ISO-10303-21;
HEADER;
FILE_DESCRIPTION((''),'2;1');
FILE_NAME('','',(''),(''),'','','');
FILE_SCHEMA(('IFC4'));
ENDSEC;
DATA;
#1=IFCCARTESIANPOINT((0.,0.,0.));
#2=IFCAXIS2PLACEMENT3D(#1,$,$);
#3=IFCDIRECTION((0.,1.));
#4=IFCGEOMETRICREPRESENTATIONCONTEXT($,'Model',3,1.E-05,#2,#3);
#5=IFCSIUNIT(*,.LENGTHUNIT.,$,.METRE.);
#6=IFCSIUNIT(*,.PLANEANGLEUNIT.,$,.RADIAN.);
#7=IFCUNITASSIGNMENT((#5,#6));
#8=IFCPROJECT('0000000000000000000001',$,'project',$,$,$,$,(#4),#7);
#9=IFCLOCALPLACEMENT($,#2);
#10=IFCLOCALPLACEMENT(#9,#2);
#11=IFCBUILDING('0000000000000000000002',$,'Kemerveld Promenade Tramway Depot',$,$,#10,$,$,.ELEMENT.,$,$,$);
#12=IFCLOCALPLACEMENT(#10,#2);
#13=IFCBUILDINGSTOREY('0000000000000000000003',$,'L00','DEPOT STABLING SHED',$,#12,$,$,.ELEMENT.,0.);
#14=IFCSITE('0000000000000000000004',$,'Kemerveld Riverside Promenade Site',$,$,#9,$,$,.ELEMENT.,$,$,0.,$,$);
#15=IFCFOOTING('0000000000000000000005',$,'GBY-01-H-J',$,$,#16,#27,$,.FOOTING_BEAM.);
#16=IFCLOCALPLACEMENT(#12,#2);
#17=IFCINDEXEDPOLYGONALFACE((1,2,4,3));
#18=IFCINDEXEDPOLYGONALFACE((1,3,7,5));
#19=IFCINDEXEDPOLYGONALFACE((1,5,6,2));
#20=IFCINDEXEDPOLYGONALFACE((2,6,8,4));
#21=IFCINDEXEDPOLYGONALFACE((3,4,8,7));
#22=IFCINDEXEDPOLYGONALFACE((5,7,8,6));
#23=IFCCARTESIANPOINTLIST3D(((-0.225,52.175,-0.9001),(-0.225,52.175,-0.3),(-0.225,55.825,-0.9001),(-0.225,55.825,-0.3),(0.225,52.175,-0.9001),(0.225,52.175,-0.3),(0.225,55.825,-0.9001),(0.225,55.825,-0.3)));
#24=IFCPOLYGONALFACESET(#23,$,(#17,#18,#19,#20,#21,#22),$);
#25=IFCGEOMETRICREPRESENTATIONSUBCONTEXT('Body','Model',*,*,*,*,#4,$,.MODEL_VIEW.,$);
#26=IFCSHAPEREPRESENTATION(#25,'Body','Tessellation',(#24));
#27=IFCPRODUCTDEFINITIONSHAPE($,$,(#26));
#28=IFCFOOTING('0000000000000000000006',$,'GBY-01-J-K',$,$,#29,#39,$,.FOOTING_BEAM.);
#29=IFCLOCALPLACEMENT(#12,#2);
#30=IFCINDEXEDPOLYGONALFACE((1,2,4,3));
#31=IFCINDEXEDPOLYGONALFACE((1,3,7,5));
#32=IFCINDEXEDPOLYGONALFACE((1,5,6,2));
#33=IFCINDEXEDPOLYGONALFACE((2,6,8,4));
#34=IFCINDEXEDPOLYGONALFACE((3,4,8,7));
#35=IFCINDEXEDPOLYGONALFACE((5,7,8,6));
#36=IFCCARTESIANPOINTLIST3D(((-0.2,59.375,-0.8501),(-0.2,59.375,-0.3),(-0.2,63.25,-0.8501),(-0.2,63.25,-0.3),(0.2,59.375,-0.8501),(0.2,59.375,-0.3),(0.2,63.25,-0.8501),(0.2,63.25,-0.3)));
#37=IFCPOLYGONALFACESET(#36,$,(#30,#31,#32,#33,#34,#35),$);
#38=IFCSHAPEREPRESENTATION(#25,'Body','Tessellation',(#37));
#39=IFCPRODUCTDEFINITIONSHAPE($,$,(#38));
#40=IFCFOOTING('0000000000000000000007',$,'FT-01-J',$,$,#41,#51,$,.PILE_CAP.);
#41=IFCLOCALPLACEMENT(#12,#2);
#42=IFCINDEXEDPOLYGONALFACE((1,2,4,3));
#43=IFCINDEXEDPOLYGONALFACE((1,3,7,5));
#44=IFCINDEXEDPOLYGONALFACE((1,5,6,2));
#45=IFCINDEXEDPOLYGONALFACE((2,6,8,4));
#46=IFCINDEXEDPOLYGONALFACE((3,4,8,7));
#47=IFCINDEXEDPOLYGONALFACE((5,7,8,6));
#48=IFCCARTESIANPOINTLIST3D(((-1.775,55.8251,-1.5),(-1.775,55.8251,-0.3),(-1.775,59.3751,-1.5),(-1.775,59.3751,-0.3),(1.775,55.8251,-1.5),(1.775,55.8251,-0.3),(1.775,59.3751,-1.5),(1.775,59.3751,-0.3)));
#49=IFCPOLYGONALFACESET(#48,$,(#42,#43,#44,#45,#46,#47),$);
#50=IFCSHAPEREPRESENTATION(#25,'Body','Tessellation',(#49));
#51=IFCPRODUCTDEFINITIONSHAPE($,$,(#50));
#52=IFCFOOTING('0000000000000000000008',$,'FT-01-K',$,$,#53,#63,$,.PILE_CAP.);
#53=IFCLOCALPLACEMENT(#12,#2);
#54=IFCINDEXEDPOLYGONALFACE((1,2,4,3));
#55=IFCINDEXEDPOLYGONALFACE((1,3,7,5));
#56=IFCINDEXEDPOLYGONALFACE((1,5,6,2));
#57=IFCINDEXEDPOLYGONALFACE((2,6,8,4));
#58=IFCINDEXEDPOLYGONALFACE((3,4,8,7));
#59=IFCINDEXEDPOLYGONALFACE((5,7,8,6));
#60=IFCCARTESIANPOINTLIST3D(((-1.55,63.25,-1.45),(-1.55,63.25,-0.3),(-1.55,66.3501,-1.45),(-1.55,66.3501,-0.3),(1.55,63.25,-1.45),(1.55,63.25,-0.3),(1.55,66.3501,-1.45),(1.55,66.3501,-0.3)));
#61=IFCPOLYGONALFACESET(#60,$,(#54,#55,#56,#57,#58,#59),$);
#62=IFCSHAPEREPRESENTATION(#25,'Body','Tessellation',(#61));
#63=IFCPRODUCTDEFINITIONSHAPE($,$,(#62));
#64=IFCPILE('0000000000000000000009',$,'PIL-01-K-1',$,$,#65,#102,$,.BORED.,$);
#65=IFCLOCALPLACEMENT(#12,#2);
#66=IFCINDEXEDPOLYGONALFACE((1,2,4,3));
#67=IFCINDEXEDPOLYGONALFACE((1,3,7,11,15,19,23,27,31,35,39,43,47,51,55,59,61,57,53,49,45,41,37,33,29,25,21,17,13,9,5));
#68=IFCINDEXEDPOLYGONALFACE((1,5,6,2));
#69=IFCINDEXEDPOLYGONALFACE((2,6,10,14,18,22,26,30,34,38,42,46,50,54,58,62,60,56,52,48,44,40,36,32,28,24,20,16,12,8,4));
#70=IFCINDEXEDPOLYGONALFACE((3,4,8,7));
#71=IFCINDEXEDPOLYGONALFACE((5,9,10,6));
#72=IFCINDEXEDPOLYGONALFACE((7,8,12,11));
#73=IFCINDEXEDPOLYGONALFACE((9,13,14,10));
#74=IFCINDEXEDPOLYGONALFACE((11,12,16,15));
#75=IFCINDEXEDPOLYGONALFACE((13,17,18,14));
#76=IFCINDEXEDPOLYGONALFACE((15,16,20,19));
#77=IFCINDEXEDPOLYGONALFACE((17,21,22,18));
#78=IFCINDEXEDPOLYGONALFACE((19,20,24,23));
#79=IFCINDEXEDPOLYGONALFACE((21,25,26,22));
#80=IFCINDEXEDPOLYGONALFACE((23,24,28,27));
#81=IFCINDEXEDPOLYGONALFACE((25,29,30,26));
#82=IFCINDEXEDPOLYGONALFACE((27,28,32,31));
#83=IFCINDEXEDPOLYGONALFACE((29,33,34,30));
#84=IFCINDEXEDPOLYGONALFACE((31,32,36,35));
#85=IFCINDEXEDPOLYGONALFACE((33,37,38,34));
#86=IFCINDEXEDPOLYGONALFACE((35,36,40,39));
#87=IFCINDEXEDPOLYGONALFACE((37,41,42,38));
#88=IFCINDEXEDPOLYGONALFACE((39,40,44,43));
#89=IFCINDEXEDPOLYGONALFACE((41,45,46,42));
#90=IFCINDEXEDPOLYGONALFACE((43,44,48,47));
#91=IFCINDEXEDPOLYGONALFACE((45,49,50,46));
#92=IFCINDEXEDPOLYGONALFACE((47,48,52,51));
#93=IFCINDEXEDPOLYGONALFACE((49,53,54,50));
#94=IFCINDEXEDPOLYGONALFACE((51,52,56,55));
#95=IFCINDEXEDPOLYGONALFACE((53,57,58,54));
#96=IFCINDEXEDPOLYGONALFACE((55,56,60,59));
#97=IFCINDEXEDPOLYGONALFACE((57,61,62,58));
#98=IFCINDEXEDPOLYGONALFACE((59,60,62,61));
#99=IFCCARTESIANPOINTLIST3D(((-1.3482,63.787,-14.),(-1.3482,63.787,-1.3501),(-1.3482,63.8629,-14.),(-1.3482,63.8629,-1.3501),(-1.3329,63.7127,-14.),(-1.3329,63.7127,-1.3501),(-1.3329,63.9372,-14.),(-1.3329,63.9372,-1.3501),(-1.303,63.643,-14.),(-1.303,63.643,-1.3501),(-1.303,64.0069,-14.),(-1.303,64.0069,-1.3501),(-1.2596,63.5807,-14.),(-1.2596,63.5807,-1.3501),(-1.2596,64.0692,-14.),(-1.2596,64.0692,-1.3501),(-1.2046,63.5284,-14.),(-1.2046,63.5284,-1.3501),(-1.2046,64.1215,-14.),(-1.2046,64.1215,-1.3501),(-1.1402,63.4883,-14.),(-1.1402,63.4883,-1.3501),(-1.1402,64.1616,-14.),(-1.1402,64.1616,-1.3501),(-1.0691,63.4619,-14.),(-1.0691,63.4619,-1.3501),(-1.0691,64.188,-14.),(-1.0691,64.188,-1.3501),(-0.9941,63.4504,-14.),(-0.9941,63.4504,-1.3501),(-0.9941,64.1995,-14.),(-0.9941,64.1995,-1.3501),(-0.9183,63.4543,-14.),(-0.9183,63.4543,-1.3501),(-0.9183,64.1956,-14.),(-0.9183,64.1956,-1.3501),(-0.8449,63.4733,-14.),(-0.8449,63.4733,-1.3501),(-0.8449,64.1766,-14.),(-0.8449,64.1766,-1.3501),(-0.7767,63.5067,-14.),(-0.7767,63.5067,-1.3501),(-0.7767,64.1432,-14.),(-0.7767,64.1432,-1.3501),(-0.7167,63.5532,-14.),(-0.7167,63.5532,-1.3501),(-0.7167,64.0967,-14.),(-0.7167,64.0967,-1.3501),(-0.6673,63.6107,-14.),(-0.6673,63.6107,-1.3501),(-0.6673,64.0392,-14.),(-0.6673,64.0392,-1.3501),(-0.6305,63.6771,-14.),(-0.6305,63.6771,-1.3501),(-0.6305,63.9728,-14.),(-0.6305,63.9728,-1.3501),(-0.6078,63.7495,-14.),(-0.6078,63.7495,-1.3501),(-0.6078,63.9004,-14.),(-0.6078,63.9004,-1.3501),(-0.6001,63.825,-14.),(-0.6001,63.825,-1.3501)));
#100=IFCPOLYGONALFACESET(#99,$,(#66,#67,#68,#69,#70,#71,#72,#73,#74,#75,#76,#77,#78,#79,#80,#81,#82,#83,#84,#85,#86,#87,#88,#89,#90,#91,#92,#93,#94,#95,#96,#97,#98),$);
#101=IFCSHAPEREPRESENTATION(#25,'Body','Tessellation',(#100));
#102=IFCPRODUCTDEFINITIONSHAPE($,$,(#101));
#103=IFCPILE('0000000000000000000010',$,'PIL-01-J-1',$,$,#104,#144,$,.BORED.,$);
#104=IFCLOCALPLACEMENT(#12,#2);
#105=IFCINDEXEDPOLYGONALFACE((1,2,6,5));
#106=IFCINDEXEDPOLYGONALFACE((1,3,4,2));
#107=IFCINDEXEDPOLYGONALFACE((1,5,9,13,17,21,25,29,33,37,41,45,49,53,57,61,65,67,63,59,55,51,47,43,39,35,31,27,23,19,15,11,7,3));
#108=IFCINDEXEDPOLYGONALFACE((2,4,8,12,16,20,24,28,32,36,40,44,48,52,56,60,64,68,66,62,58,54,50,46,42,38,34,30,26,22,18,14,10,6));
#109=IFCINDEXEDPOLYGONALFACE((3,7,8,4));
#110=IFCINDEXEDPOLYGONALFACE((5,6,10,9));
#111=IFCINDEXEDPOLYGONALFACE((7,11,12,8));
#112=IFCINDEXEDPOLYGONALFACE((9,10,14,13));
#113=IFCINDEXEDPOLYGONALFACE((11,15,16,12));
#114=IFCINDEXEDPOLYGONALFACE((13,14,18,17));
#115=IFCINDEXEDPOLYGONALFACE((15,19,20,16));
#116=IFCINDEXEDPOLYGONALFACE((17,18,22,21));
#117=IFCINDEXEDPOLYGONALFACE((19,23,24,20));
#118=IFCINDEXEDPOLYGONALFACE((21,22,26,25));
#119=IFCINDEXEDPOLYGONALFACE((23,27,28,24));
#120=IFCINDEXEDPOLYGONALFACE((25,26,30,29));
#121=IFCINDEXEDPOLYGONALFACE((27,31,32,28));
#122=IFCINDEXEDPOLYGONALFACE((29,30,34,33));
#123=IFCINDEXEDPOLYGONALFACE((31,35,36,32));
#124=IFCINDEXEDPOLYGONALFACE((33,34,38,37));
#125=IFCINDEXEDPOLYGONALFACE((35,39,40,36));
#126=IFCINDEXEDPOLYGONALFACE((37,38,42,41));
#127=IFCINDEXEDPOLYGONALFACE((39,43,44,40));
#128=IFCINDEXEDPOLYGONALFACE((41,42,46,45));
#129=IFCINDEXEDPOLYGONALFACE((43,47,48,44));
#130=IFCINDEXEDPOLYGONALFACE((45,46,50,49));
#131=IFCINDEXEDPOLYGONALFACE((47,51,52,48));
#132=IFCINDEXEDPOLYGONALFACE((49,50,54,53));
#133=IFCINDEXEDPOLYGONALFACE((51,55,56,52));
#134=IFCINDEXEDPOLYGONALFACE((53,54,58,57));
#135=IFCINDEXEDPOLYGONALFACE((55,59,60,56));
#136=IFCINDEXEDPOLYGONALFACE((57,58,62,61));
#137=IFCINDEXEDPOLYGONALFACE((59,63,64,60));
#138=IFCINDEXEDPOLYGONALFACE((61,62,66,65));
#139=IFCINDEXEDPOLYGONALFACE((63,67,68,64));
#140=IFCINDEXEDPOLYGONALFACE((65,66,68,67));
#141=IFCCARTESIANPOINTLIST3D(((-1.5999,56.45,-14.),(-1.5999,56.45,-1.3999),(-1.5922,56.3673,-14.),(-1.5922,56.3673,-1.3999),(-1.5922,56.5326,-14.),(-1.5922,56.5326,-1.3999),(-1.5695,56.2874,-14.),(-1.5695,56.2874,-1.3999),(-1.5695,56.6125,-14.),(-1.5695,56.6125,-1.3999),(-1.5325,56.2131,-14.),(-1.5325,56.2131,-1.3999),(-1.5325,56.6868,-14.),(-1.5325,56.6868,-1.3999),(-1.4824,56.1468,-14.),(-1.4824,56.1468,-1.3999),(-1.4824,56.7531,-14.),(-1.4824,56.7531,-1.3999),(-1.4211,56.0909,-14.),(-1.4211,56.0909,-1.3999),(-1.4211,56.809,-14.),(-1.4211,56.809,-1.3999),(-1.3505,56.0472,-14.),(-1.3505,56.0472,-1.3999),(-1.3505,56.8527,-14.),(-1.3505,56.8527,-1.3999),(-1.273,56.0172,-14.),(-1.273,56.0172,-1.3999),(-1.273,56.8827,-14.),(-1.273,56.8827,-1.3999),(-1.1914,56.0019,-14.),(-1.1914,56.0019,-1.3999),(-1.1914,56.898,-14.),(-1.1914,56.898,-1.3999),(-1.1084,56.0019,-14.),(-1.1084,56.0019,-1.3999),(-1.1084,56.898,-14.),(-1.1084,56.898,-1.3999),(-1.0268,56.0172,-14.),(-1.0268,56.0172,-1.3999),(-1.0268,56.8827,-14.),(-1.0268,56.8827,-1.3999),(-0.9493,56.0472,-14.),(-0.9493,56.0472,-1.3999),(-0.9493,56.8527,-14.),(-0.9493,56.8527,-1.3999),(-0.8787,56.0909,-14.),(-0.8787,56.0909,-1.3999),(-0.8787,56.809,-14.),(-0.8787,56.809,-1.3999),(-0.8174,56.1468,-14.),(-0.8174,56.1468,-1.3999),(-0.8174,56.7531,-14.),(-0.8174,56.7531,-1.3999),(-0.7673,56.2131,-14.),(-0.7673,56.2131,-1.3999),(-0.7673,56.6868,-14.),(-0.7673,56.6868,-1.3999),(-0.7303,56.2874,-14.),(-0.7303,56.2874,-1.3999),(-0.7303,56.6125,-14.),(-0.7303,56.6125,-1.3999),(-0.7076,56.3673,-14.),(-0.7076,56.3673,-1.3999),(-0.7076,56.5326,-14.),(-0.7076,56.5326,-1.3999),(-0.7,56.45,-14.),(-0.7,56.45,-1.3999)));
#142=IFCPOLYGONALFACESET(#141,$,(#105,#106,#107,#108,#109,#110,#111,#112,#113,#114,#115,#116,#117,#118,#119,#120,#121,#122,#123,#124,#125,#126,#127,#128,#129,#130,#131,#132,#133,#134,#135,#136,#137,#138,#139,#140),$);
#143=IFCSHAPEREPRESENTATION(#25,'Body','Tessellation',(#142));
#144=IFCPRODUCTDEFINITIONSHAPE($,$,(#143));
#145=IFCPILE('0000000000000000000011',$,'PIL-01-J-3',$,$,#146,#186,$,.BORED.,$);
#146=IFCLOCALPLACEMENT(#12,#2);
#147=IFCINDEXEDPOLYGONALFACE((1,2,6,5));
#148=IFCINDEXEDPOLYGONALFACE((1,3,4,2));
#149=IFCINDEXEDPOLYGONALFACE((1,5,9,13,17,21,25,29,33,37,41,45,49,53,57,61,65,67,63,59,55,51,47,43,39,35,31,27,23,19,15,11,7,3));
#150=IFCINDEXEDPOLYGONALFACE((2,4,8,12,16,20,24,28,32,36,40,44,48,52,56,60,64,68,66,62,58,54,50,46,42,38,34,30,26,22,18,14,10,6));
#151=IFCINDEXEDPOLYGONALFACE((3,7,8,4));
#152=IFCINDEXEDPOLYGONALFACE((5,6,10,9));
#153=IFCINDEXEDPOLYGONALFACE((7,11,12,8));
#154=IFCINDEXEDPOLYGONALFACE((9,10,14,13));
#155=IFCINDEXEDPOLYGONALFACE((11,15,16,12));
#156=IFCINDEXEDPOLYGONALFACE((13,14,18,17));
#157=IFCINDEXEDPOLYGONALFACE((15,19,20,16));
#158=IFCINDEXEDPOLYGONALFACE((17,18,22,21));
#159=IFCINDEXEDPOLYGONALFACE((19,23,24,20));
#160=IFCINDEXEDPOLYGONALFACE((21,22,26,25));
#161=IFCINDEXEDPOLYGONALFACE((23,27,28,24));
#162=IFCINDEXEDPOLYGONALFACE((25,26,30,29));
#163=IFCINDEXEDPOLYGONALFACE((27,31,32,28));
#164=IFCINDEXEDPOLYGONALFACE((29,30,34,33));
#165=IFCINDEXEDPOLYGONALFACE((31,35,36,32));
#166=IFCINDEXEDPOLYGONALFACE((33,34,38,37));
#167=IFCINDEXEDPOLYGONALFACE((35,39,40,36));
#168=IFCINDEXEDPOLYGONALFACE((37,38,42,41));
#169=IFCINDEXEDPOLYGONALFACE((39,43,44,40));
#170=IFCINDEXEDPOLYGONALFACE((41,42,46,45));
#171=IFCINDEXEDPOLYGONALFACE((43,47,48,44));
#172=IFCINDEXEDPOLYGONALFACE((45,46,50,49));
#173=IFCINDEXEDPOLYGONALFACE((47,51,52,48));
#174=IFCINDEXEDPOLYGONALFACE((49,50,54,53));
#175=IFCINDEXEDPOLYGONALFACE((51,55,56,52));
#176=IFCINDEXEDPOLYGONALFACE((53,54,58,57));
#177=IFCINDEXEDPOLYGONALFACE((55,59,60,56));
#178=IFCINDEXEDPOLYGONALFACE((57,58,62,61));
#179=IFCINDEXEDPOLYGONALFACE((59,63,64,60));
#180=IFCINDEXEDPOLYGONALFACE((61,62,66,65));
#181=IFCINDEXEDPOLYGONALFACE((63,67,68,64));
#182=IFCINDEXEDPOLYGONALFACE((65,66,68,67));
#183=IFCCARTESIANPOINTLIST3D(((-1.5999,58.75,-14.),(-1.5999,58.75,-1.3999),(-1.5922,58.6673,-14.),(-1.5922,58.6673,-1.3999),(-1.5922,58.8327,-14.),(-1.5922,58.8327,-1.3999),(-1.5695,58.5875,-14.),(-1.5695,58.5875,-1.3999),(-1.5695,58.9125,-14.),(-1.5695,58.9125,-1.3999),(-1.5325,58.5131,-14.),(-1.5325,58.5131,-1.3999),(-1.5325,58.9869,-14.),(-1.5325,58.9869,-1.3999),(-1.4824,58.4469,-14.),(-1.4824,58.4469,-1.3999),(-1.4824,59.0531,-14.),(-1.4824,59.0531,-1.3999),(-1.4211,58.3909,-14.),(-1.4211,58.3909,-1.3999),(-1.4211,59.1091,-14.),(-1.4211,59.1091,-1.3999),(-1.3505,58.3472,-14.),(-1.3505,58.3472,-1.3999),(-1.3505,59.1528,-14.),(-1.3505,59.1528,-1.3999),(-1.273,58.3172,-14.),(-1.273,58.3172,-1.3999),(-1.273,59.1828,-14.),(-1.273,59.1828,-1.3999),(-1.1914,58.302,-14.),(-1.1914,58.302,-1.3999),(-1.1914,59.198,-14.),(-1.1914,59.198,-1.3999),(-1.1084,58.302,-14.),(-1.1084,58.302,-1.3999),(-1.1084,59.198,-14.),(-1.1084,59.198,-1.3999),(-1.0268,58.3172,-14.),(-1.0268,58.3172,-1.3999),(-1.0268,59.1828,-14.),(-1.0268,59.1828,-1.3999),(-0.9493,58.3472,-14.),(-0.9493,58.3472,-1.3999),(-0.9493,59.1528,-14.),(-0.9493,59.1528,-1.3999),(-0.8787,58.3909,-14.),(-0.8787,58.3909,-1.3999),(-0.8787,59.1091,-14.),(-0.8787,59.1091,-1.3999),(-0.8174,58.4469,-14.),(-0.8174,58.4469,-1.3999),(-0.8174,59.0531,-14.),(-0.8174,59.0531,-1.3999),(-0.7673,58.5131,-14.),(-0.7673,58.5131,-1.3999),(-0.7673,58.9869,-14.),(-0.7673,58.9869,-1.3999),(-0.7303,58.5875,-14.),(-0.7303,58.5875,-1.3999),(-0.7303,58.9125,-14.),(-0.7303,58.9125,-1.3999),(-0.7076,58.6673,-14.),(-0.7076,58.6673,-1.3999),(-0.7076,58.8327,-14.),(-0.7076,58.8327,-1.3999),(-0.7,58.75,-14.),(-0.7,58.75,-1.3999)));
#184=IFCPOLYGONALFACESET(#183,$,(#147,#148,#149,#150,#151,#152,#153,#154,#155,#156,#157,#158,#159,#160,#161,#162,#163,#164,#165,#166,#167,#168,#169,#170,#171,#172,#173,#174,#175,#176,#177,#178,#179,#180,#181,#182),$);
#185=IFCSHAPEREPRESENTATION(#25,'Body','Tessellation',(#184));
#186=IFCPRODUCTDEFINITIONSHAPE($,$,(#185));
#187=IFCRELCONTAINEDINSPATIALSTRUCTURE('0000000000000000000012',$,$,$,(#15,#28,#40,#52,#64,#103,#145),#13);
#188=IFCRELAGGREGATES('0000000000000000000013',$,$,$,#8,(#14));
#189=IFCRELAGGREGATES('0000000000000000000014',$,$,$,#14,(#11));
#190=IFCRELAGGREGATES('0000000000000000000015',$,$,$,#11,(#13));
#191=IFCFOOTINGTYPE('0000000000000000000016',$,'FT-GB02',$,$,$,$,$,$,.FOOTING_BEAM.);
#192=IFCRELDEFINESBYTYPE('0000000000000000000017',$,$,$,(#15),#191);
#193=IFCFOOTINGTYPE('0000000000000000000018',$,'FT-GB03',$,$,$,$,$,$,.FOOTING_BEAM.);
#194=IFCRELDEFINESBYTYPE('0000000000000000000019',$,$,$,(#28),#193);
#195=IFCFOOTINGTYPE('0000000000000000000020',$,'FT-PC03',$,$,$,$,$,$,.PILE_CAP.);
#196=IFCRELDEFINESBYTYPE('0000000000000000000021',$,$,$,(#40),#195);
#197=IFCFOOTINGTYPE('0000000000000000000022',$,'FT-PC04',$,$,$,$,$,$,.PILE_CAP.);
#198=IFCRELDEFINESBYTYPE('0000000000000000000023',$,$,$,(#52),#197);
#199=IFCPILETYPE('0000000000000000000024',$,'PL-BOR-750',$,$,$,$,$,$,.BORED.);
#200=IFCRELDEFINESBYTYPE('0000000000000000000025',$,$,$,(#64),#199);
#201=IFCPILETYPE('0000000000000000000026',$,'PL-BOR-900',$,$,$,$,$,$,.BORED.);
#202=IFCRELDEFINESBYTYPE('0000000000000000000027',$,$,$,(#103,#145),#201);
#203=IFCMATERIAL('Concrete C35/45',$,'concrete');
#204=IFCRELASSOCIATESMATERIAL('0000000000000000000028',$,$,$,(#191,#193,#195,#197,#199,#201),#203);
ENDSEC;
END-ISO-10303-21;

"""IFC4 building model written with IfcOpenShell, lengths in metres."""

from ifc_helpers import new_model, si_unit, direction, frame, origin, origin_2d, place, context, subcontext, project, spatial, rectangle, circle, extrude, material, material_profile, profile_set, type_object, element, save


model = new_model("IFC4")

# Units and contexts
model_context = context("Model", 3, precision=1e-05, world=origin(), true_north=direction((0.0, 1.0)))
body_context = subcontext(model_context, "Body", "Model", "MODEL_VIEW")
ifc_project = project(units=[si_unit("LENGTHUNIT", "METRE"), si_unit("PLANEANGLEUNIT", "RADIAN")], contexts=[model_context])

# Site, building, storey
site_placement = place(None, origin())
site = spatial("IfcSite", under=ifc_project, at=site_placement, Name="Kemerveld Riverside Promenade Site", CompositionType="ELEMENT", RefElevation=0.0)
building_placement = place(site_placement, origin())
building = spatial("IfcBuilding", under=site, at=building_placement, Name="Kemerveld Promenade Tramway Depot", CompositionType="ELEMENT")
storey_placement = place(building_placement, origin())
storey = spatial("IfcBuildingStorey", under=building, at=storey_placement, Name="L00", Description="DEPOT STABLING SHED", CompositionType="ELEMENT", Elevation=0.0)

# Footings
ifc_material_1 = material(Name="Concrete C35/45", Category="concrete")
footing_type_1 = type_object("IfcFootingType", Name="FT-GB02", PredefinedType="FOOTING_BEAM", material=ifc_material_1)
footing_1_placement = place(storey_placement, frame((0.0, 54.0, -0.9001), z_axis=(0.0, 0.0, 1.0), x_axis=(0.0, 1.0, 0.0)))
element("IfcFooting", 1, at=footing_1_placement, inside=storey, type_object=footing_type_1, Name="GBY-01-H-J", PredefinedType="FOOTING_BEAM", context=body_context, shape_type="SweptSolid", body=[
    extrude(rectangle(XDim=3.6499, YDim=0.45, at=origin_2d()), origin(), (0.0, 0.0, 1.0), 0.6001),
])
footing_type_2 = type_object("IfcFootingType", Name="FT-GB03", PredefinedType="FOOTING_BEAM", material=ifc_material_1)
footing_2_placement = place(storey_placement, frame((0.0, 61.3125, -0.8501), z_axis=(0.0, 0.0, 1.0), x_axis=(0.0, 1.0, 0.0)))
element("IfcFooting", 2, at=footing_2_placement, inside=storey, type_object=footing_type_2, Name="GBY-01-J-K", PredefinedType="FOOTING_BEAM", context=body_context, shape_type="SweptSolid", body=[
    extrude(rectangle(XDim=3.875, YDim=0.3999, at=origin_2d()), origin(), (0.0, 0.0, 1.0), 0.55),
])
footing_type_3 = type_object("IfcFootingType", Name="FT-PC03", PredefinedType="PILE_CAP", material=ifc_material_1)
footing_3_placement = place(storey_placement, frame((0.0, 57.6001, -1.5), z_axis=(0.0, 0.0, 1.0), x_axis=(1.0, 0.0, 0.0)))
element("IfcFooting", 3, at=footing_3_placement, inside=storey, type_object=footing_type_3, Name="FT-01-J", PredefinedType="PILE_CAP", context=body_context, shape_type="SweptSolid", body=[
    extrude(rectangle(XDim=3.55, YDim=3.55, at=origin_2d()), origin(), (0.0, 0.0, 1.0), 1.2),
])
footing_type_4 = type_object("IfcFootingType", Name="FT-PC04", PredefinedType="PILE_CAP", material=ifc_material_1)
footing_4_placement = place(storey_placement, frame((0.0, 64.8, -1.45), z_axis=(0.0, 0.0, 1.0), x_axis=(1.0, 0.0, 0.0)))
element("IfcFooting", 4, at=footing_4_placement, inside=storey, type_object=footing_type_4, Name="FT-01-K", PredefinedType="PILE_CAP", context=body_context, shape_type="SweptSolid", body=[
    extrude(rectangle(XDim=3.1001, YDim=3.1001, at=origin_2d()), origin(), (0.0, 0.0, 1.0), 1.1499),
])

# Piles
ifc_material_profile_1 = material_profile(ifc_material_1, circle(Radius=0.375, at=origin_2d()), Name="PILE-D750")
ifc_profile_set_1 = profile_set([ifc_material_profile_1], Name="Concrete C35/45")
pile_type_1 = type_object("IfcPileType", Name="PL-BOR-750", PredefinedType="BORED", material=ifc_profile_set_1)
pile_placement = place(storey_placement, frame((-0.9751, 63.825, -1.3501), z_axis=(0.0, 0.0, -1.0), x_axis=(1.0, 0.0, 0.0)))
element("IfcPile", 5, at=pile_placement, inside=storey, type_object=pile_type_1, Name="PIL-01-K-1", PredefinedType="BORED", context=body_context, shape_type="SweptSolid", body=[
    extrude(circle(Radius=0.375, at=origin_2d()), origin(), (0.0, 0.0, 1.0), 12.6499),
])
ifc_material_profile_2 = material_profile(ifc_material_1, circle(Radius=0.45, at=origin_2d()), Name="PILE-D900")
ifc_profile_set_2 = profile_set([ifc_material_profile_2], Name="Concrete C35/45")
pile_type_2 = type_object("IfcPileType", Name="PL-BOR-900", PredefinedType="BORED", material=ifc_profile_set_2)
for number, where, z_axis, x_axis, name in (
    (6, (-1.1499, 56.45, -1.3999), (0.0, 0.0, -1.0), (1.0, 0.0, 0.0), "PIL-01-J-1"),
    (7, (-1.1499, 58.75, -1.3999), (0.0, 0.0, -1.0), (1.0, 0.0, 0.0), "PIL-01-J-3"),
):
    element("IfcPile", number, at=place(storey_placement, frame(where, z_axis=z_axis, x_axis=x_axis)), inside=storey, type_object=pile_type_2, Name=name, PredefinedType="BORED", context=body_context, shape_type="SweptSolid", body=[
        extrude(circle(Radius=0.45, at=origin_2d()), origin(), (0.0, 0.0, 1.0), 12.6001),
    ])

save(model, "model.ifc")
